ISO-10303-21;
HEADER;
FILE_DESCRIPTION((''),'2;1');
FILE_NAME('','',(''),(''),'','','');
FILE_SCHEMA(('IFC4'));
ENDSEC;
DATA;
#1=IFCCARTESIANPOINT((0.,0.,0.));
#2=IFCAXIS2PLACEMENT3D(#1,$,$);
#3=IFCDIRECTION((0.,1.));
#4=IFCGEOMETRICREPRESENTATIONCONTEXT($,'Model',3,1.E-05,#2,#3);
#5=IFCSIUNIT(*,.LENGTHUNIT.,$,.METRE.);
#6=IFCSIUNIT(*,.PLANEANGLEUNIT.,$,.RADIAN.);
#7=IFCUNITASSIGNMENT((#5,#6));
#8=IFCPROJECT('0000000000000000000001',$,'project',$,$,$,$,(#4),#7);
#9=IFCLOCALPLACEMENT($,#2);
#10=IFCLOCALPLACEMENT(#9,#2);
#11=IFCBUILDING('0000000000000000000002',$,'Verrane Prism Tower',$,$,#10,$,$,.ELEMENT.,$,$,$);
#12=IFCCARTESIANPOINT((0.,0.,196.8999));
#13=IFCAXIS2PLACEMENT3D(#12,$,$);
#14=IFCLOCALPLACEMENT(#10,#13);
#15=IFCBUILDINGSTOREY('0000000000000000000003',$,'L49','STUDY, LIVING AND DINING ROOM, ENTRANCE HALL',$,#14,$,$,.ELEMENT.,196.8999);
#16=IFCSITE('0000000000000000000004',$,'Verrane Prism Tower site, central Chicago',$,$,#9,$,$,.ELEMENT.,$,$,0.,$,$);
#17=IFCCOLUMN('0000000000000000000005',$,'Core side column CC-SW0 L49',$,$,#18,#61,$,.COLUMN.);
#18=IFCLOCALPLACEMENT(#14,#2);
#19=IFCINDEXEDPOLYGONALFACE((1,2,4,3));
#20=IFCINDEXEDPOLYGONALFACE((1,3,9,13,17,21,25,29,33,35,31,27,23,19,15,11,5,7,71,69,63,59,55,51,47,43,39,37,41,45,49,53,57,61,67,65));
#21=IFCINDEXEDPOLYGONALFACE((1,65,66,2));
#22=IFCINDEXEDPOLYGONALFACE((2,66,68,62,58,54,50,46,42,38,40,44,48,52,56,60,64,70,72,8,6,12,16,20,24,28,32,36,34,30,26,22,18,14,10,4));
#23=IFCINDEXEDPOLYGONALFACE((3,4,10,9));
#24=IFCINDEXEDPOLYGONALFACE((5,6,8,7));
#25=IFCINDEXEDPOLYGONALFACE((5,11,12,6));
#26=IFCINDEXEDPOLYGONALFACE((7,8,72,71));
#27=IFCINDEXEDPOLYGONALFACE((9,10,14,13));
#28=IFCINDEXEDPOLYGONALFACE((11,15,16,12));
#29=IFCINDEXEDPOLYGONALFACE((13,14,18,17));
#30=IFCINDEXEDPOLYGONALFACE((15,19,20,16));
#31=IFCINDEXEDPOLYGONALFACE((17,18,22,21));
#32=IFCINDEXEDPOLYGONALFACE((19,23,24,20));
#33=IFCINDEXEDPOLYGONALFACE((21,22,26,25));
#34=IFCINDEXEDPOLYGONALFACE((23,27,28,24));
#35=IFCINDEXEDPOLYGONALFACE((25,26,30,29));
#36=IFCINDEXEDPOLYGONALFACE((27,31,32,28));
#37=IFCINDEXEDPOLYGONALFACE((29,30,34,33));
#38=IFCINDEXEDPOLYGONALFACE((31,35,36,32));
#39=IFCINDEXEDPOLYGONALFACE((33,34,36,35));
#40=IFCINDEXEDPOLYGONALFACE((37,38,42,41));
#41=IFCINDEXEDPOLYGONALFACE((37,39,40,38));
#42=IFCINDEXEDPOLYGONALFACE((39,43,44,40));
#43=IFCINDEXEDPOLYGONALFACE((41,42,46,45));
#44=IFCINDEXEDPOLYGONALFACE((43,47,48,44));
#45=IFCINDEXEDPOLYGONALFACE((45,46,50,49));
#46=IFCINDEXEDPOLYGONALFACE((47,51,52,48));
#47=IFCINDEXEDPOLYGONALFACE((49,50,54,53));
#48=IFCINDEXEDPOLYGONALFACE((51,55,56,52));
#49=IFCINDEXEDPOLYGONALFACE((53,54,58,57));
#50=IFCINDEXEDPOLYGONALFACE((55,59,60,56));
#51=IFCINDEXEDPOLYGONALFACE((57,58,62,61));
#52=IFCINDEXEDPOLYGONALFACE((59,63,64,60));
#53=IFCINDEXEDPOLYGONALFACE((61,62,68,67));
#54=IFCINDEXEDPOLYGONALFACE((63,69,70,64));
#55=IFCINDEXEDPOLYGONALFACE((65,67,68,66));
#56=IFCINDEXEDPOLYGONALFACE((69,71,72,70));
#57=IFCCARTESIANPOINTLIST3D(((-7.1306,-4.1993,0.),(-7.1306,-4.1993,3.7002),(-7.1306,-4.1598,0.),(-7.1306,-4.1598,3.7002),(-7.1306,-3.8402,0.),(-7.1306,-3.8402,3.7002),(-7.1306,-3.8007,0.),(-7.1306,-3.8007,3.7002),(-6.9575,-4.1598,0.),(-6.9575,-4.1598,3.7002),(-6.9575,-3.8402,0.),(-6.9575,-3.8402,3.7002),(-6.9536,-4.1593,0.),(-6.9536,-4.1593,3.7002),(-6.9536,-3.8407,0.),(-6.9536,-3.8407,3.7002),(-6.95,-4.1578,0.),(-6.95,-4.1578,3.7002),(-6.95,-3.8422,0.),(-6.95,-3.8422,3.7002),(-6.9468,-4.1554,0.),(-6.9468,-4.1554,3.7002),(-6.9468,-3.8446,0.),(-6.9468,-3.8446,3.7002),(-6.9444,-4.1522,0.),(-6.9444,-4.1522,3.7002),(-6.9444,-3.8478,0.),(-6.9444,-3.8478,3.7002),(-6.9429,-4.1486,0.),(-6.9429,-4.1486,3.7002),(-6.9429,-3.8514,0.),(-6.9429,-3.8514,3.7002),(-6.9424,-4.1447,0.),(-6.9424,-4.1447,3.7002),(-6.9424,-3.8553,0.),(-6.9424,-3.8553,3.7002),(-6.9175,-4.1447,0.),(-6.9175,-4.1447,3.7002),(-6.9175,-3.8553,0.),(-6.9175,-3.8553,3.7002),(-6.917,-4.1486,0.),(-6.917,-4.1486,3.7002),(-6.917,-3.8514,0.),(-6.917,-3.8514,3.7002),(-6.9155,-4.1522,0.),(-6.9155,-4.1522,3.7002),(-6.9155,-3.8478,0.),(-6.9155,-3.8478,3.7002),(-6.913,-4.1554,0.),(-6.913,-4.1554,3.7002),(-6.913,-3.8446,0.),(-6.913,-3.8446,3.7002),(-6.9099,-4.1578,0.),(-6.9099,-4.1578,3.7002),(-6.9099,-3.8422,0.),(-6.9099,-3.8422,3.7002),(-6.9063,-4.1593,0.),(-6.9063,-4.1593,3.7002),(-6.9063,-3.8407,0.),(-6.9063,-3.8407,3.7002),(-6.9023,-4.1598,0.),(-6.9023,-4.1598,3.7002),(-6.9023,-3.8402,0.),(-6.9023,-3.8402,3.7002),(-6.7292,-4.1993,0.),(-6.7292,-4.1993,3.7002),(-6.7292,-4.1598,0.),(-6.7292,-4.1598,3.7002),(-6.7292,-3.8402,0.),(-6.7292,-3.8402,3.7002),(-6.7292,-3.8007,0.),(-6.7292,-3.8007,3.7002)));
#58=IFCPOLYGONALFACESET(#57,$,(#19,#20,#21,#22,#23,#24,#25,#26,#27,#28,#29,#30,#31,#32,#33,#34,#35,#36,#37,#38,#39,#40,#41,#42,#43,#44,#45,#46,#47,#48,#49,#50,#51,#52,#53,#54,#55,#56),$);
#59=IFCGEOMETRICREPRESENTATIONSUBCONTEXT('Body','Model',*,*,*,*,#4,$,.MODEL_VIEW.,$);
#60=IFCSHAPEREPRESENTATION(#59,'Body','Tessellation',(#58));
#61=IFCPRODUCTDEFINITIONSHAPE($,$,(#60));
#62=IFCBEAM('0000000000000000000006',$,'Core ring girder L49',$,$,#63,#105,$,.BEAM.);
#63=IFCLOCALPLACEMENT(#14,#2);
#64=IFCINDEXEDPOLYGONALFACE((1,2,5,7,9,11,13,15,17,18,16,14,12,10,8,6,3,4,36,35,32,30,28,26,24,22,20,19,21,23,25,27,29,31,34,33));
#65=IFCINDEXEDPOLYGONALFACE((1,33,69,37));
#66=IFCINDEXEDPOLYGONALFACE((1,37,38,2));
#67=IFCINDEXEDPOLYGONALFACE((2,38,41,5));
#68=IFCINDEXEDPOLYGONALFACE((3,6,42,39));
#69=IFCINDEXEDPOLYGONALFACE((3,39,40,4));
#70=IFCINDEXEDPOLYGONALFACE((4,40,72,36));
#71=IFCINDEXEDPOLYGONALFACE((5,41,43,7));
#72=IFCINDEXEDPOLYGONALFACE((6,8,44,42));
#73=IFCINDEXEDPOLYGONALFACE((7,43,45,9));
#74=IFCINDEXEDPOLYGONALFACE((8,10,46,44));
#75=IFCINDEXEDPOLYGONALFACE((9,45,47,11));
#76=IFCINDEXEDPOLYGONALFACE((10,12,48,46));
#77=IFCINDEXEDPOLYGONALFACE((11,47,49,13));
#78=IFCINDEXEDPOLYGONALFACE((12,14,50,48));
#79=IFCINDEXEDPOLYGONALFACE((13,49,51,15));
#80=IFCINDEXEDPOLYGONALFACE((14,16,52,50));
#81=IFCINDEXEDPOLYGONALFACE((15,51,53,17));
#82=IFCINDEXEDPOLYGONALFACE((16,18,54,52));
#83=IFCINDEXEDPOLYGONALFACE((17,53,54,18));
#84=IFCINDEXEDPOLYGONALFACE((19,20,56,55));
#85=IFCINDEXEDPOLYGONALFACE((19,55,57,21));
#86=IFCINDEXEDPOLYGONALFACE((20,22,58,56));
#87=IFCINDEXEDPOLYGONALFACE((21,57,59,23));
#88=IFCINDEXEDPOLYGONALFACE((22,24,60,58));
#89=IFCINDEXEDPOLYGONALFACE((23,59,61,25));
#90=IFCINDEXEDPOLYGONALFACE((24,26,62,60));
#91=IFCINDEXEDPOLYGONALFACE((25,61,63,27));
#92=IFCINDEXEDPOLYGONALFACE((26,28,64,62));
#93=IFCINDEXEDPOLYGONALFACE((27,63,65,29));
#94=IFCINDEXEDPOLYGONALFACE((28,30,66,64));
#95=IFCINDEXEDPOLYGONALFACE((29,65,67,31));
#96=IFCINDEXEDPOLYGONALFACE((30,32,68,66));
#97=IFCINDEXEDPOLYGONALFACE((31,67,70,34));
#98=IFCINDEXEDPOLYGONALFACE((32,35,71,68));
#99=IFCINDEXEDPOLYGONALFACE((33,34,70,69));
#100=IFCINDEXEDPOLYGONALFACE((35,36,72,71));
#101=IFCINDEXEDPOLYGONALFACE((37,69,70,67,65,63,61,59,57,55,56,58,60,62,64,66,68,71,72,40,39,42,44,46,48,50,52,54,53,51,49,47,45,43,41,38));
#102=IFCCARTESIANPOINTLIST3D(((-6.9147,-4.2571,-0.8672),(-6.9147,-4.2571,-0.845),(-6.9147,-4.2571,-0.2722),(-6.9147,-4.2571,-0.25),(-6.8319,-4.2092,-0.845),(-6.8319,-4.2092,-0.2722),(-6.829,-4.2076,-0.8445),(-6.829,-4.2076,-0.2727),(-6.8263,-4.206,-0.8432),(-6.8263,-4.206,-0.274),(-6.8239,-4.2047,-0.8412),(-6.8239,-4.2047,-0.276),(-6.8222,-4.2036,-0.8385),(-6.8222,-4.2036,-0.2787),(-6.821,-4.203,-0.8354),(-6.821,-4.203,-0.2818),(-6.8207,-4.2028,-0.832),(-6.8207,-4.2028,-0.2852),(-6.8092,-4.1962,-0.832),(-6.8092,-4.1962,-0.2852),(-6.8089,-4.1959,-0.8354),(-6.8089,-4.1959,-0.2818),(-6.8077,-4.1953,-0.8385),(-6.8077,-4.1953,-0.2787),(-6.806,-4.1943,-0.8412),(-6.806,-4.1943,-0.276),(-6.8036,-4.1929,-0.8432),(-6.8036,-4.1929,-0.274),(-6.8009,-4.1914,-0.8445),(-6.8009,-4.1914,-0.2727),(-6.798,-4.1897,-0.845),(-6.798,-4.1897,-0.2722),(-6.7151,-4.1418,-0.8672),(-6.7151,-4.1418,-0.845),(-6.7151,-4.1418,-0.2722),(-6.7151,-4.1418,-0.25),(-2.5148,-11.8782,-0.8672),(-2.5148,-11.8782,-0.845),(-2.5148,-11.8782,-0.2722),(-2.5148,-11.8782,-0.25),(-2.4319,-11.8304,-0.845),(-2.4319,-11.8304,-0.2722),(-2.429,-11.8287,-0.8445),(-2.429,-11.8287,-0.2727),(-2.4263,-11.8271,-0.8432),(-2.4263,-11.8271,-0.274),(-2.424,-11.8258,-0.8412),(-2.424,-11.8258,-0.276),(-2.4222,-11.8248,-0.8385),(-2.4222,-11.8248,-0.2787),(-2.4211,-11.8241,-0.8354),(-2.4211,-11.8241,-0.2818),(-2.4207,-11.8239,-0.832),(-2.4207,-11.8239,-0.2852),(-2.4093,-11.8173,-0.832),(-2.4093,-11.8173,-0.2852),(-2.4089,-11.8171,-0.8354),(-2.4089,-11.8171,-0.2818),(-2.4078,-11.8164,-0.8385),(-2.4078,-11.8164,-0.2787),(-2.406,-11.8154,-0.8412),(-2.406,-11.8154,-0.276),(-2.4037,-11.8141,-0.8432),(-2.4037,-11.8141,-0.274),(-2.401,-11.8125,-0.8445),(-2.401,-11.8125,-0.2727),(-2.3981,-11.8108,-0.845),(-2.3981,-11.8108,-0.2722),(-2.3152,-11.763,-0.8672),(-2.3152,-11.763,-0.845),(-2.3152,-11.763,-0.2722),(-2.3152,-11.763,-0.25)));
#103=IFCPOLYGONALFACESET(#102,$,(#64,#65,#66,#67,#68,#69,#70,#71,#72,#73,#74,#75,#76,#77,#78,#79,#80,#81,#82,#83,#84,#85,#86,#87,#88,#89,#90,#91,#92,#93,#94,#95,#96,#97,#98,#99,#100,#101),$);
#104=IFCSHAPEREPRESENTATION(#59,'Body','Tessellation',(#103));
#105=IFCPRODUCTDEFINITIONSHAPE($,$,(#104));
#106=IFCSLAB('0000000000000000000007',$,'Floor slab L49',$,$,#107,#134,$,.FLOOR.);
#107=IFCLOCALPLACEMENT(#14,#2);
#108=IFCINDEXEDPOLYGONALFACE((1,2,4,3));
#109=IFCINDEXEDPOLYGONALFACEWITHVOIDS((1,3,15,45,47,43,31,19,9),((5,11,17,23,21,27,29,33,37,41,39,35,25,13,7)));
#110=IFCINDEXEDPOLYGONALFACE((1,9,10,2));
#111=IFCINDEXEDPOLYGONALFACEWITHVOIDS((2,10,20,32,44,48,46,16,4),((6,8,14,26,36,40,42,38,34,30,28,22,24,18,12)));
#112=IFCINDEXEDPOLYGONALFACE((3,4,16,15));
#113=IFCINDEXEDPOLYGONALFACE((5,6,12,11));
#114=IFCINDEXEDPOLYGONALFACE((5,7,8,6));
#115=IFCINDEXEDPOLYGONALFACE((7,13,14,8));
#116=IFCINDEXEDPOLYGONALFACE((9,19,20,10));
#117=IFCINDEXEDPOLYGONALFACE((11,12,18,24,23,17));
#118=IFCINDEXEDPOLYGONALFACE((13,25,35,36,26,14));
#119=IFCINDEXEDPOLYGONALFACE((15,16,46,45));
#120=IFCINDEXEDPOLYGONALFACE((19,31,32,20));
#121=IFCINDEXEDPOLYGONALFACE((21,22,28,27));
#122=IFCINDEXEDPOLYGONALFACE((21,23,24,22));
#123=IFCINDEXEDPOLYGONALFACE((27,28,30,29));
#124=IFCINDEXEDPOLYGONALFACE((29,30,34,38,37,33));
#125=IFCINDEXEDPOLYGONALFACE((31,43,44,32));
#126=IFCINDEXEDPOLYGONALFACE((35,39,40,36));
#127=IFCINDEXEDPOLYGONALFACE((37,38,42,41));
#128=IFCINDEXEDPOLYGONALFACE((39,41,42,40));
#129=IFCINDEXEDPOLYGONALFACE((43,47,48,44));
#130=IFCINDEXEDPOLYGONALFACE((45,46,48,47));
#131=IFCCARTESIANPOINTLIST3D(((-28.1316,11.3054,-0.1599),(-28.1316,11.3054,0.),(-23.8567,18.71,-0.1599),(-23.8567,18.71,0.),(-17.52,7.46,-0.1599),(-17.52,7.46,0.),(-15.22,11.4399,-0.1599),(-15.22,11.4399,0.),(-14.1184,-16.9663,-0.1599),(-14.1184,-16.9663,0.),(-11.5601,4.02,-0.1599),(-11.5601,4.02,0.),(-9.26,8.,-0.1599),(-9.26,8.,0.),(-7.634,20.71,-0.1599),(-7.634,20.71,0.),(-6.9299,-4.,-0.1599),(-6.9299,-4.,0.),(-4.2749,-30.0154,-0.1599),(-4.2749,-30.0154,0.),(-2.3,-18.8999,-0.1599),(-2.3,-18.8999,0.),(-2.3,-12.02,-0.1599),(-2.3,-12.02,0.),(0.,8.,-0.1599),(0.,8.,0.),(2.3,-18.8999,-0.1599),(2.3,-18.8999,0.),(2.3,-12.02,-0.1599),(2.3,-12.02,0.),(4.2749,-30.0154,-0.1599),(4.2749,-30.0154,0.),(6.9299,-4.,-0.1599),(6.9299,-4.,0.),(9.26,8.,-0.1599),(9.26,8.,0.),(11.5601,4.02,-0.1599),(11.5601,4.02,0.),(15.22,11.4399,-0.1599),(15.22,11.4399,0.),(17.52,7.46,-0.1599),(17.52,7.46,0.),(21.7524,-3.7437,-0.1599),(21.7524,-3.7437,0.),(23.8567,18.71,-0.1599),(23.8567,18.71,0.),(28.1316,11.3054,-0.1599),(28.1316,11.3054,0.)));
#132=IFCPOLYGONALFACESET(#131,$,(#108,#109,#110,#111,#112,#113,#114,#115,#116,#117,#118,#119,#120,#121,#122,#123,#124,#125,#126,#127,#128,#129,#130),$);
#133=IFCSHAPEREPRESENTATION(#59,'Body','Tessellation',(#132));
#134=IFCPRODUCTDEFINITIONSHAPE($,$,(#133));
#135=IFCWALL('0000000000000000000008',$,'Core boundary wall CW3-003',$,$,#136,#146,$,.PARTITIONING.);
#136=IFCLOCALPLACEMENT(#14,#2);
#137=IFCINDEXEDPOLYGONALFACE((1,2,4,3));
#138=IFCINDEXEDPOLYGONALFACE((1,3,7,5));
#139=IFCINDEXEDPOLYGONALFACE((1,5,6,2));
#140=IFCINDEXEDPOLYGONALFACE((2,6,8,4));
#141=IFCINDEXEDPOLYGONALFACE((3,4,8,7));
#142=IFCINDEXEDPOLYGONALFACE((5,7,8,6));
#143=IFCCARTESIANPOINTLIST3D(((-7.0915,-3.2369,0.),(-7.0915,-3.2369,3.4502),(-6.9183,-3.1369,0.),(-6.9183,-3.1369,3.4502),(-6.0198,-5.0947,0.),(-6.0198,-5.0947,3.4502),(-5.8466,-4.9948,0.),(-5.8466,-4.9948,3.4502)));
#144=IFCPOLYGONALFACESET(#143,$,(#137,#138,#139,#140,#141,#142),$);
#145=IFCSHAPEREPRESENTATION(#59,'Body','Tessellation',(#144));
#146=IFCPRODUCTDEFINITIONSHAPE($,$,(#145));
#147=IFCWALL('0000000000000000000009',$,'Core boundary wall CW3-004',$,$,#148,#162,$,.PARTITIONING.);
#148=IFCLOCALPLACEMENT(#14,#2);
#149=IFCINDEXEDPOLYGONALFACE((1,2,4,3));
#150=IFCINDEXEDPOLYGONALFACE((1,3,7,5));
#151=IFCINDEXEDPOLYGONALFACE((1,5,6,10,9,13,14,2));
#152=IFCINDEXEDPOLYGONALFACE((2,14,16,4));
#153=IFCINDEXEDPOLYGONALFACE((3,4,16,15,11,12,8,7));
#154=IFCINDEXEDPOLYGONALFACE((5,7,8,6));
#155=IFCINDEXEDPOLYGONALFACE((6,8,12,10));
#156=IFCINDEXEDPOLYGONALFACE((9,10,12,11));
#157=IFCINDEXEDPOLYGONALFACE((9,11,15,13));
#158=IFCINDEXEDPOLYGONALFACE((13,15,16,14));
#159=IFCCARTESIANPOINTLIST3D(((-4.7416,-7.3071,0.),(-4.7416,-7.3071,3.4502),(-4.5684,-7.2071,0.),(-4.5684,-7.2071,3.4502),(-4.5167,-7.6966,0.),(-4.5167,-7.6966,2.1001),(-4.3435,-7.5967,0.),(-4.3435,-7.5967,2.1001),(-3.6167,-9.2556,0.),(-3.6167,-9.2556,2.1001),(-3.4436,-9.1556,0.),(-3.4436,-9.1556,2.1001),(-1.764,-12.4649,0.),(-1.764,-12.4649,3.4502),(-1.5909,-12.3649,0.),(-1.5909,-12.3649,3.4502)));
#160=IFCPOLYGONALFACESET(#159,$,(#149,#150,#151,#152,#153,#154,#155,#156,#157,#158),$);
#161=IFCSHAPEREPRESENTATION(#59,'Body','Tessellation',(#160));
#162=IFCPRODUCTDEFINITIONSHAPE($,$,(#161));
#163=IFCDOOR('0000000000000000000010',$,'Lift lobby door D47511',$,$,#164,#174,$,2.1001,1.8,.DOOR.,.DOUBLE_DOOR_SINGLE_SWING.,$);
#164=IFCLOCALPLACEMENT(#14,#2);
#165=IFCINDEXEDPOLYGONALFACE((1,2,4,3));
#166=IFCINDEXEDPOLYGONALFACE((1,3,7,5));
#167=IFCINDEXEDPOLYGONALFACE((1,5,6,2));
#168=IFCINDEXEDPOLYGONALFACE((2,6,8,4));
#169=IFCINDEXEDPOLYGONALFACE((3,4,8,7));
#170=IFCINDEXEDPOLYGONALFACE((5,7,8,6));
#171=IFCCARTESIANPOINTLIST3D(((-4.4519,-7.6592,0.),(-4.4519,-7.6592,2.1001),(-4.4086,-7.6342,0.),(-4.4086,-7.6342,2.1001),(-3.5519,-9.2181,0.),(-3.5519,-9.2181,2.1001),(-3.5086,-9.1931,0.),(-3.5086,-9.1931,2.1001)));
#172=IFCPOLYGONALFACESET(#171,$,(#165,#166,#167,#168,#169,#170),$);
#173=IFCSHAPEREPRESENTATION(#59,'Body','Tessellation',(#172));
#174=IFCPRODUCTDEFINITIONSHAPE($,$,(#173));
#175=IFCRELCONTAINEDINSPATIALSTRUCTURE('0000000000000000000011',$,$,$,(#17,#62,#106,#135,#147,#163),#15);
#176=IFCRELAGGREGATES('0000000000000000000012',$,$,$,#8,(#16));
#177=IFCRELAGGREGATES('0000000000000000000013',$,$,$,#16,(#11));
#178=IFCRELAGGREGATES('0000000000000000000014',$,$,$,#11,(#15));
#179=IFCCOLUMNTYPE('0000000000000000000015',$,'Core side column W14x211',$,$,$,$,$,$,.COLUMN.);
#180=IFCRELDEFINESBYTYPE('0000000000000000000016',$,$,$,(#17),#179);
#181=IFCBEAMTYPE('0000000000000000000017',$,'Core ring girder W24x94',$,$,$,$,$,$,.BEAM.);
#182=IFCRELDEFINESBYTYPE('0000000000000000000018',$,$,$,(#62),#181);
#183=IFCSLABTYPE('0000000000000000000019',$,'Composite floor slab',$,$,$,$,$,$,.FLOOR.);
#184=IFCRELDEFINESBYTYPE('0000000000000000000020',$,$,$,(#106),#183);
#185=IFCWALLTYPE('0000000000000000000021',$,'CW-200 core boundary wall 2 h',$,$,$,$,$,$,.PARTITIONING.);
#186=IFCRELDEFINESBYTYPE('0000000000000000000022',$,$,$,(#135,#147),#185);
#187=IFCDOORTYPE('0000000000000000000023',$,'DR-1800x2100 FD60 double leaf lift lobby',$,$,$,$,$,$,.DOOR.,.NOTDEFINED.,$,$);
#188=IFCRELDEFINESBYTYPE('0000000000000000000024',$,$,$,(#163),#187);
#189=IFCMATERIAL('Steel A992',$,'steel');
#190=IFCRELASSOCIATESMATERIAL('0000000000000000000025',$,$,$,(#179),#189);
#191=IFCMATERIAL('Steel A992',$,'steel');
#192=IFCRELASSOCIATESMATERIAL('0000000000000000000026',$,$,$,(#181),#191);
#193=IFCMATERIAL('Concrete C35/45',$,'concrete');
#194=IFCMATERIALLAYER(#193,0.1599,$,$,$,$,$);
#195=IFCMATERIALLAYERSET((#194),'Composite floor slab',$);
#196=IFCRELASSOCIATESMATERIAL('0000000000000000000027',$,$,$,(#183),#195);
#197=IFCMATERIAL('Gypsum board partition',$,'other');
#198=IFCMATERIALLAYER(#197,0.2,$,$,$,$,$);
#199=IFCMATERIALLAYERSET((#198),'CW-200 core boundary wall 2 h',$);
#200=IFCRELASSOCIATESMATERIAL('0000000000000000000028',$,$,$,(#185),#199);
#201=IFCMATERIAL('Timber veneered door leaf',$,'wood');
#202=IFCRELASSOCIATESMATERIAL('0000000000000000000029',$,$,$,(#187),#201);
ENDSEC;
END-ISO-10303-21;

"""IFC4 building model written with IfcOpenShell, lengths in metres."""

from ifc_helpers import new_model, si_unit, direction, frame, frame_2d, origin, origin_2d, place, context, subcontext, project, spatial, polyline, rectangle, i_section, outline, extrude, material, layer, layer_set, material_profile, profile_set, type_object, element, fill, save


model = new_model("IFC4")

# Units and contexts
model_context = context("Model", 3, precision=1e-05, world=origin(), true_north=direction((0.0, 1.0)))
body_context = subcontext(model_context, "Body", "Model", "MODEL_VIEW")
ifc_project = project(units=[si_unit("LENGTHUNIT", "METRE"), si_unit("PLANEANGLEUNIT", "RADIAN")], contexts=[model_context])

# Site, building, storey
site_placement = place(None, origin())
site = spatial("IfcSite", under=ifc_project, at=site_placement, Name="Verrane Prism Tower site, central Chicago", CompositionType="ELEMENT", RefElevation=0.0)
building_placement = place(site_placement, origin())
building = spatial("IfcBuilding", under=site, at=building_placement, Name="Verrane Prism Tower", CompositionType="ELEMENT")
storey_placement = place(building_placement, frame((0.0, 0.0, 196.8999)))
storey = spatial("IfcBuildingStorey", under=building, at=storey_placement, Name="L49", Description="STUDY, LIVING AND DINING ROOM, ENTRANCE HALL", CompositionType="ELEMENT", Elevation=196.8999)

# Column
ifc_material_1 = material(Name="Steel A992", Category="steel")
ifc_material_profile_1 = material_profile(ifc_material_1, i_section(OverallWidth=0.4014, OverallDepth=0.3987, WebThickness=0.0249, FlangeThickness=0.0396, FilletRadius=0.0151, at=origin_2d()), Name="W14x211")
ifc_profile_set_1 = profile_set([ifc_material_profile_1], Name="Steel A992")
column_type = type_object("IfcColumnType", Name="Core side column W14x211", PredefinedType="COLUMN", material=ifc_profile_set_1)
column_placement = place(storey_placement, frame((-6.9299, -4.0, 0.0), z_axis=(0.0, 0.0, 1.0), x_axis=(1.0, 0.0, 0.0)))
element("IfcColumn", 1, at=column_placement, inside=storey, type_object=column_type, Name="Core side column CC-SW0 L49", PredefinedType="COLUMN", context=body_context, shape_type="SweptSolid", body=[
    extrude(i_section(OverallWidth=0.4014, OverallDepth=0.3987, WebThickness=0.0249, FlangeThickness=0.0396, FilletRadius=0.0151, at=origin_2d()), origin(), (0.0, 0.0, 1.0), 3.7002),
])

# Beam
ifc_material_2 = material(Name="Steel A992", Category="steel")
ifc_material_profile_2 = material_profile(ifc_material_2, i_section(OverallWidth=0.2305, OverallDepth=0.6172, WebThickness=0.0132, FlangeThickness=0.0222, FilletRadius=0.0129, at=origin_2d()), Name="W24x94")
ifc_profile_set_2 = profile_set([ifc_material_profile_2], Name="Steel A992")
beam_type = type_object("IfcBeamType", Name="Core ring girder W24x94", PredefinedType="BEAM", material=ifc_profile_set_2)
beam_placement = place(storey_placement, frame((-6.8149, -4.1995, -0.5586), z_axis=(0.499988, -0.866032, 0.0), x_axis=(0.866032, 0.499988, 0.0)))
element("IfcBeam", 2, at=beam_placement, inside=storey, type_object=beam_type, Name="Core ring girder L49", PredefinedType="BEAM", context=body_context, shape_type="SweptSolid", body=[
    extrude(i_section(OverallWidth=0.2305, OverallDepth=0.6172, WebThickness=0.0132, FlangeThickness=0.0222, FilletRadius=0.0129, at=origin_2d()), origin(), (0.0, 0.0, 1.0), 8.8),
])

# Slab
ifc_material_3 = material(Name="Concrete C35/45", Category="concrete")
ifc_layer_1 = layer(ifc_material_3, 0.1599)
ifc_layer_set_1 = layer_set([ifc_layer_1], Name="Composite floor slab")
slab_type = type_object("IfcSlabType", Name="Composite floor slab", PredefinedType="FLOOR", material=ifc_layer_set_1)
slab_placement = place(storey_placement, frame((0.0, 0.0, -0.1599)))
element("IfcSlab", 3, at=slab_placement, inside=storey, type_object=slab_type, Name="Floor slab L49", PredefinedType="FLOOR", context=body_context, shape_type="SweptSolid", body=[
    extrude(outline(polyline([(21.7524, -3.7437), (4.2749, -30.0154), (-4.2749, -30.0154), (-14.1184, -16.9663), (-28.1316, 11.3054), (-23.8567, 18.71), (-7.634, 20.71), (23.8567, 18.71), (28.1316, 11.3054), (21.7524, -3.7437)]), holes=[polyline([(17.52, 7.46), (15.22, 11.4399), (9.26, 8.0), (0.0, 8.0), (-9.26, 8.0), (-15.22, 11.4399), (-17.52, 7.46), (-11.5601, 4.02), (-6.9299, -4.0), (-2.3, -12.02), (-2.3, -18.8999), (2.3, -18.8999), (2.3, -12.02), (6.9299, -4.0), (11.5601, 4.02), (17.52, 7.46)])]), origin(), (0.0, 0.0, 1.0), 0.1599),
])

# Wall
ifc_material_4 = material(Name="Gypsum board partition", Category="other")
ifc_layer_2 = layer(ifc_material_4, 0.2)
ifc_layer_set_2 = layer_set([ifc_layer_2], Name="CW-200 core boundary wall 2 h")
wall_type_1 = type_object("IfcWallType", Name="CW-200 core boundary wall 2 h", PredefinedType="PARTITIONING", material=ifc_layer_set_2)
wall_1_placement = place(storey_placement, frame((-7.0049, -3.187, 0.0), z_axis=(0.0, 0.0, 1.0), x_axis=(0.49969, -0.866205, 0.0)))
element("IfcWall", 4, at=wall_1_placement, inside=storey, type_object=wall_type_1, Name="Core boundary wall CW3-003", PredefinedType="PARTITIONING", context=body_context, shape_type="SweptSolid", body=[
    extrude(rectangle(XDim=2.1448, YDim=0.2, at=frame_2d((1.0723, 0.0))), origin(), (0.0, 0.0, 1.0), 3.4502),
])

# Wall, opening, door
wall_2_placement = place(storey_placement, frame((-4.655, -7.2571, 0.0), z_axis=(0.0, 0.0, 1.0), x_axis=(0.499966, -0.866045, 0.0)))
wall_2 = element("IfcWall", 5, at=wall_2_placement, inside=storey, type_object=wall_type_1, Name="Core boundary wall CW3-004", PredefinedType="PARTITIONING", context=body_context, shape_type="SweptSolid", body=[
    extrude(rectangle(XDim=5.9556, YDim=0.2, at=frame_2d((2.9778, 0.0))), origin(), (0.0, 0.0, 1.0), 3.4502),
])
opening_1_placement = place(wall_2_placement, frame((0.45, 0.0, 0.0)))
opening_1 = element("IfcOpeningElement", 6, at=opening_1_placement, cuts=wall_2, PredefinedType="OPENING", context=body_context, shape_type="SweptSolid", body=[
    extrude(rectangle(XDim=1.8, YDim=2.1001, at=frame_2d((0.8999, 1.05))), frame((0.0, 0.1099, 0.0), z_axis=(0.0, -1.0, 0.0), x_axis=(1.0, 0.0, 0.0)), (0.0, 0.0, 1.0), 0.22),
])
ifc_material_5 = material(Name="Timber veneered door leaf", Category="wood")
door_type_1 = type_object("IfcDoorType", Name="DR-1800x2100 FD60 double leaf lift lobby", OperationType="NOTDEFINED", PredefinedType="DOOR", material=ifc_material_5)
door_1_placement = place(opening_1_placement, origin())
door_1 = element("IfcDoor", 7, at=door_1_placement, inside=storey, type_object=door_type_1, Name="Lift lobby door D47511", OperationType="DOUBLE_DOOR_SINGLE_SWING", OverallHeight=2.1001, OverallWidth=1.8, PredefinedType="DOOR", context=body_context, shape_type="SweptSolid", body=[
    extrude(rectangle(XDim=1.8, YDim=2.1001, at=frame_2d((0.8999, 1.05))), frame((0.0, 0.0249, 0.0), z_axis=(0.0, -1.0, 0.0), x_axis=(1.0, 0.0, 0.0)), (0.0, 0.0, 1.0), 0.05),
])
fill(opening_1, door_1)

save(model, "model.ifc")
